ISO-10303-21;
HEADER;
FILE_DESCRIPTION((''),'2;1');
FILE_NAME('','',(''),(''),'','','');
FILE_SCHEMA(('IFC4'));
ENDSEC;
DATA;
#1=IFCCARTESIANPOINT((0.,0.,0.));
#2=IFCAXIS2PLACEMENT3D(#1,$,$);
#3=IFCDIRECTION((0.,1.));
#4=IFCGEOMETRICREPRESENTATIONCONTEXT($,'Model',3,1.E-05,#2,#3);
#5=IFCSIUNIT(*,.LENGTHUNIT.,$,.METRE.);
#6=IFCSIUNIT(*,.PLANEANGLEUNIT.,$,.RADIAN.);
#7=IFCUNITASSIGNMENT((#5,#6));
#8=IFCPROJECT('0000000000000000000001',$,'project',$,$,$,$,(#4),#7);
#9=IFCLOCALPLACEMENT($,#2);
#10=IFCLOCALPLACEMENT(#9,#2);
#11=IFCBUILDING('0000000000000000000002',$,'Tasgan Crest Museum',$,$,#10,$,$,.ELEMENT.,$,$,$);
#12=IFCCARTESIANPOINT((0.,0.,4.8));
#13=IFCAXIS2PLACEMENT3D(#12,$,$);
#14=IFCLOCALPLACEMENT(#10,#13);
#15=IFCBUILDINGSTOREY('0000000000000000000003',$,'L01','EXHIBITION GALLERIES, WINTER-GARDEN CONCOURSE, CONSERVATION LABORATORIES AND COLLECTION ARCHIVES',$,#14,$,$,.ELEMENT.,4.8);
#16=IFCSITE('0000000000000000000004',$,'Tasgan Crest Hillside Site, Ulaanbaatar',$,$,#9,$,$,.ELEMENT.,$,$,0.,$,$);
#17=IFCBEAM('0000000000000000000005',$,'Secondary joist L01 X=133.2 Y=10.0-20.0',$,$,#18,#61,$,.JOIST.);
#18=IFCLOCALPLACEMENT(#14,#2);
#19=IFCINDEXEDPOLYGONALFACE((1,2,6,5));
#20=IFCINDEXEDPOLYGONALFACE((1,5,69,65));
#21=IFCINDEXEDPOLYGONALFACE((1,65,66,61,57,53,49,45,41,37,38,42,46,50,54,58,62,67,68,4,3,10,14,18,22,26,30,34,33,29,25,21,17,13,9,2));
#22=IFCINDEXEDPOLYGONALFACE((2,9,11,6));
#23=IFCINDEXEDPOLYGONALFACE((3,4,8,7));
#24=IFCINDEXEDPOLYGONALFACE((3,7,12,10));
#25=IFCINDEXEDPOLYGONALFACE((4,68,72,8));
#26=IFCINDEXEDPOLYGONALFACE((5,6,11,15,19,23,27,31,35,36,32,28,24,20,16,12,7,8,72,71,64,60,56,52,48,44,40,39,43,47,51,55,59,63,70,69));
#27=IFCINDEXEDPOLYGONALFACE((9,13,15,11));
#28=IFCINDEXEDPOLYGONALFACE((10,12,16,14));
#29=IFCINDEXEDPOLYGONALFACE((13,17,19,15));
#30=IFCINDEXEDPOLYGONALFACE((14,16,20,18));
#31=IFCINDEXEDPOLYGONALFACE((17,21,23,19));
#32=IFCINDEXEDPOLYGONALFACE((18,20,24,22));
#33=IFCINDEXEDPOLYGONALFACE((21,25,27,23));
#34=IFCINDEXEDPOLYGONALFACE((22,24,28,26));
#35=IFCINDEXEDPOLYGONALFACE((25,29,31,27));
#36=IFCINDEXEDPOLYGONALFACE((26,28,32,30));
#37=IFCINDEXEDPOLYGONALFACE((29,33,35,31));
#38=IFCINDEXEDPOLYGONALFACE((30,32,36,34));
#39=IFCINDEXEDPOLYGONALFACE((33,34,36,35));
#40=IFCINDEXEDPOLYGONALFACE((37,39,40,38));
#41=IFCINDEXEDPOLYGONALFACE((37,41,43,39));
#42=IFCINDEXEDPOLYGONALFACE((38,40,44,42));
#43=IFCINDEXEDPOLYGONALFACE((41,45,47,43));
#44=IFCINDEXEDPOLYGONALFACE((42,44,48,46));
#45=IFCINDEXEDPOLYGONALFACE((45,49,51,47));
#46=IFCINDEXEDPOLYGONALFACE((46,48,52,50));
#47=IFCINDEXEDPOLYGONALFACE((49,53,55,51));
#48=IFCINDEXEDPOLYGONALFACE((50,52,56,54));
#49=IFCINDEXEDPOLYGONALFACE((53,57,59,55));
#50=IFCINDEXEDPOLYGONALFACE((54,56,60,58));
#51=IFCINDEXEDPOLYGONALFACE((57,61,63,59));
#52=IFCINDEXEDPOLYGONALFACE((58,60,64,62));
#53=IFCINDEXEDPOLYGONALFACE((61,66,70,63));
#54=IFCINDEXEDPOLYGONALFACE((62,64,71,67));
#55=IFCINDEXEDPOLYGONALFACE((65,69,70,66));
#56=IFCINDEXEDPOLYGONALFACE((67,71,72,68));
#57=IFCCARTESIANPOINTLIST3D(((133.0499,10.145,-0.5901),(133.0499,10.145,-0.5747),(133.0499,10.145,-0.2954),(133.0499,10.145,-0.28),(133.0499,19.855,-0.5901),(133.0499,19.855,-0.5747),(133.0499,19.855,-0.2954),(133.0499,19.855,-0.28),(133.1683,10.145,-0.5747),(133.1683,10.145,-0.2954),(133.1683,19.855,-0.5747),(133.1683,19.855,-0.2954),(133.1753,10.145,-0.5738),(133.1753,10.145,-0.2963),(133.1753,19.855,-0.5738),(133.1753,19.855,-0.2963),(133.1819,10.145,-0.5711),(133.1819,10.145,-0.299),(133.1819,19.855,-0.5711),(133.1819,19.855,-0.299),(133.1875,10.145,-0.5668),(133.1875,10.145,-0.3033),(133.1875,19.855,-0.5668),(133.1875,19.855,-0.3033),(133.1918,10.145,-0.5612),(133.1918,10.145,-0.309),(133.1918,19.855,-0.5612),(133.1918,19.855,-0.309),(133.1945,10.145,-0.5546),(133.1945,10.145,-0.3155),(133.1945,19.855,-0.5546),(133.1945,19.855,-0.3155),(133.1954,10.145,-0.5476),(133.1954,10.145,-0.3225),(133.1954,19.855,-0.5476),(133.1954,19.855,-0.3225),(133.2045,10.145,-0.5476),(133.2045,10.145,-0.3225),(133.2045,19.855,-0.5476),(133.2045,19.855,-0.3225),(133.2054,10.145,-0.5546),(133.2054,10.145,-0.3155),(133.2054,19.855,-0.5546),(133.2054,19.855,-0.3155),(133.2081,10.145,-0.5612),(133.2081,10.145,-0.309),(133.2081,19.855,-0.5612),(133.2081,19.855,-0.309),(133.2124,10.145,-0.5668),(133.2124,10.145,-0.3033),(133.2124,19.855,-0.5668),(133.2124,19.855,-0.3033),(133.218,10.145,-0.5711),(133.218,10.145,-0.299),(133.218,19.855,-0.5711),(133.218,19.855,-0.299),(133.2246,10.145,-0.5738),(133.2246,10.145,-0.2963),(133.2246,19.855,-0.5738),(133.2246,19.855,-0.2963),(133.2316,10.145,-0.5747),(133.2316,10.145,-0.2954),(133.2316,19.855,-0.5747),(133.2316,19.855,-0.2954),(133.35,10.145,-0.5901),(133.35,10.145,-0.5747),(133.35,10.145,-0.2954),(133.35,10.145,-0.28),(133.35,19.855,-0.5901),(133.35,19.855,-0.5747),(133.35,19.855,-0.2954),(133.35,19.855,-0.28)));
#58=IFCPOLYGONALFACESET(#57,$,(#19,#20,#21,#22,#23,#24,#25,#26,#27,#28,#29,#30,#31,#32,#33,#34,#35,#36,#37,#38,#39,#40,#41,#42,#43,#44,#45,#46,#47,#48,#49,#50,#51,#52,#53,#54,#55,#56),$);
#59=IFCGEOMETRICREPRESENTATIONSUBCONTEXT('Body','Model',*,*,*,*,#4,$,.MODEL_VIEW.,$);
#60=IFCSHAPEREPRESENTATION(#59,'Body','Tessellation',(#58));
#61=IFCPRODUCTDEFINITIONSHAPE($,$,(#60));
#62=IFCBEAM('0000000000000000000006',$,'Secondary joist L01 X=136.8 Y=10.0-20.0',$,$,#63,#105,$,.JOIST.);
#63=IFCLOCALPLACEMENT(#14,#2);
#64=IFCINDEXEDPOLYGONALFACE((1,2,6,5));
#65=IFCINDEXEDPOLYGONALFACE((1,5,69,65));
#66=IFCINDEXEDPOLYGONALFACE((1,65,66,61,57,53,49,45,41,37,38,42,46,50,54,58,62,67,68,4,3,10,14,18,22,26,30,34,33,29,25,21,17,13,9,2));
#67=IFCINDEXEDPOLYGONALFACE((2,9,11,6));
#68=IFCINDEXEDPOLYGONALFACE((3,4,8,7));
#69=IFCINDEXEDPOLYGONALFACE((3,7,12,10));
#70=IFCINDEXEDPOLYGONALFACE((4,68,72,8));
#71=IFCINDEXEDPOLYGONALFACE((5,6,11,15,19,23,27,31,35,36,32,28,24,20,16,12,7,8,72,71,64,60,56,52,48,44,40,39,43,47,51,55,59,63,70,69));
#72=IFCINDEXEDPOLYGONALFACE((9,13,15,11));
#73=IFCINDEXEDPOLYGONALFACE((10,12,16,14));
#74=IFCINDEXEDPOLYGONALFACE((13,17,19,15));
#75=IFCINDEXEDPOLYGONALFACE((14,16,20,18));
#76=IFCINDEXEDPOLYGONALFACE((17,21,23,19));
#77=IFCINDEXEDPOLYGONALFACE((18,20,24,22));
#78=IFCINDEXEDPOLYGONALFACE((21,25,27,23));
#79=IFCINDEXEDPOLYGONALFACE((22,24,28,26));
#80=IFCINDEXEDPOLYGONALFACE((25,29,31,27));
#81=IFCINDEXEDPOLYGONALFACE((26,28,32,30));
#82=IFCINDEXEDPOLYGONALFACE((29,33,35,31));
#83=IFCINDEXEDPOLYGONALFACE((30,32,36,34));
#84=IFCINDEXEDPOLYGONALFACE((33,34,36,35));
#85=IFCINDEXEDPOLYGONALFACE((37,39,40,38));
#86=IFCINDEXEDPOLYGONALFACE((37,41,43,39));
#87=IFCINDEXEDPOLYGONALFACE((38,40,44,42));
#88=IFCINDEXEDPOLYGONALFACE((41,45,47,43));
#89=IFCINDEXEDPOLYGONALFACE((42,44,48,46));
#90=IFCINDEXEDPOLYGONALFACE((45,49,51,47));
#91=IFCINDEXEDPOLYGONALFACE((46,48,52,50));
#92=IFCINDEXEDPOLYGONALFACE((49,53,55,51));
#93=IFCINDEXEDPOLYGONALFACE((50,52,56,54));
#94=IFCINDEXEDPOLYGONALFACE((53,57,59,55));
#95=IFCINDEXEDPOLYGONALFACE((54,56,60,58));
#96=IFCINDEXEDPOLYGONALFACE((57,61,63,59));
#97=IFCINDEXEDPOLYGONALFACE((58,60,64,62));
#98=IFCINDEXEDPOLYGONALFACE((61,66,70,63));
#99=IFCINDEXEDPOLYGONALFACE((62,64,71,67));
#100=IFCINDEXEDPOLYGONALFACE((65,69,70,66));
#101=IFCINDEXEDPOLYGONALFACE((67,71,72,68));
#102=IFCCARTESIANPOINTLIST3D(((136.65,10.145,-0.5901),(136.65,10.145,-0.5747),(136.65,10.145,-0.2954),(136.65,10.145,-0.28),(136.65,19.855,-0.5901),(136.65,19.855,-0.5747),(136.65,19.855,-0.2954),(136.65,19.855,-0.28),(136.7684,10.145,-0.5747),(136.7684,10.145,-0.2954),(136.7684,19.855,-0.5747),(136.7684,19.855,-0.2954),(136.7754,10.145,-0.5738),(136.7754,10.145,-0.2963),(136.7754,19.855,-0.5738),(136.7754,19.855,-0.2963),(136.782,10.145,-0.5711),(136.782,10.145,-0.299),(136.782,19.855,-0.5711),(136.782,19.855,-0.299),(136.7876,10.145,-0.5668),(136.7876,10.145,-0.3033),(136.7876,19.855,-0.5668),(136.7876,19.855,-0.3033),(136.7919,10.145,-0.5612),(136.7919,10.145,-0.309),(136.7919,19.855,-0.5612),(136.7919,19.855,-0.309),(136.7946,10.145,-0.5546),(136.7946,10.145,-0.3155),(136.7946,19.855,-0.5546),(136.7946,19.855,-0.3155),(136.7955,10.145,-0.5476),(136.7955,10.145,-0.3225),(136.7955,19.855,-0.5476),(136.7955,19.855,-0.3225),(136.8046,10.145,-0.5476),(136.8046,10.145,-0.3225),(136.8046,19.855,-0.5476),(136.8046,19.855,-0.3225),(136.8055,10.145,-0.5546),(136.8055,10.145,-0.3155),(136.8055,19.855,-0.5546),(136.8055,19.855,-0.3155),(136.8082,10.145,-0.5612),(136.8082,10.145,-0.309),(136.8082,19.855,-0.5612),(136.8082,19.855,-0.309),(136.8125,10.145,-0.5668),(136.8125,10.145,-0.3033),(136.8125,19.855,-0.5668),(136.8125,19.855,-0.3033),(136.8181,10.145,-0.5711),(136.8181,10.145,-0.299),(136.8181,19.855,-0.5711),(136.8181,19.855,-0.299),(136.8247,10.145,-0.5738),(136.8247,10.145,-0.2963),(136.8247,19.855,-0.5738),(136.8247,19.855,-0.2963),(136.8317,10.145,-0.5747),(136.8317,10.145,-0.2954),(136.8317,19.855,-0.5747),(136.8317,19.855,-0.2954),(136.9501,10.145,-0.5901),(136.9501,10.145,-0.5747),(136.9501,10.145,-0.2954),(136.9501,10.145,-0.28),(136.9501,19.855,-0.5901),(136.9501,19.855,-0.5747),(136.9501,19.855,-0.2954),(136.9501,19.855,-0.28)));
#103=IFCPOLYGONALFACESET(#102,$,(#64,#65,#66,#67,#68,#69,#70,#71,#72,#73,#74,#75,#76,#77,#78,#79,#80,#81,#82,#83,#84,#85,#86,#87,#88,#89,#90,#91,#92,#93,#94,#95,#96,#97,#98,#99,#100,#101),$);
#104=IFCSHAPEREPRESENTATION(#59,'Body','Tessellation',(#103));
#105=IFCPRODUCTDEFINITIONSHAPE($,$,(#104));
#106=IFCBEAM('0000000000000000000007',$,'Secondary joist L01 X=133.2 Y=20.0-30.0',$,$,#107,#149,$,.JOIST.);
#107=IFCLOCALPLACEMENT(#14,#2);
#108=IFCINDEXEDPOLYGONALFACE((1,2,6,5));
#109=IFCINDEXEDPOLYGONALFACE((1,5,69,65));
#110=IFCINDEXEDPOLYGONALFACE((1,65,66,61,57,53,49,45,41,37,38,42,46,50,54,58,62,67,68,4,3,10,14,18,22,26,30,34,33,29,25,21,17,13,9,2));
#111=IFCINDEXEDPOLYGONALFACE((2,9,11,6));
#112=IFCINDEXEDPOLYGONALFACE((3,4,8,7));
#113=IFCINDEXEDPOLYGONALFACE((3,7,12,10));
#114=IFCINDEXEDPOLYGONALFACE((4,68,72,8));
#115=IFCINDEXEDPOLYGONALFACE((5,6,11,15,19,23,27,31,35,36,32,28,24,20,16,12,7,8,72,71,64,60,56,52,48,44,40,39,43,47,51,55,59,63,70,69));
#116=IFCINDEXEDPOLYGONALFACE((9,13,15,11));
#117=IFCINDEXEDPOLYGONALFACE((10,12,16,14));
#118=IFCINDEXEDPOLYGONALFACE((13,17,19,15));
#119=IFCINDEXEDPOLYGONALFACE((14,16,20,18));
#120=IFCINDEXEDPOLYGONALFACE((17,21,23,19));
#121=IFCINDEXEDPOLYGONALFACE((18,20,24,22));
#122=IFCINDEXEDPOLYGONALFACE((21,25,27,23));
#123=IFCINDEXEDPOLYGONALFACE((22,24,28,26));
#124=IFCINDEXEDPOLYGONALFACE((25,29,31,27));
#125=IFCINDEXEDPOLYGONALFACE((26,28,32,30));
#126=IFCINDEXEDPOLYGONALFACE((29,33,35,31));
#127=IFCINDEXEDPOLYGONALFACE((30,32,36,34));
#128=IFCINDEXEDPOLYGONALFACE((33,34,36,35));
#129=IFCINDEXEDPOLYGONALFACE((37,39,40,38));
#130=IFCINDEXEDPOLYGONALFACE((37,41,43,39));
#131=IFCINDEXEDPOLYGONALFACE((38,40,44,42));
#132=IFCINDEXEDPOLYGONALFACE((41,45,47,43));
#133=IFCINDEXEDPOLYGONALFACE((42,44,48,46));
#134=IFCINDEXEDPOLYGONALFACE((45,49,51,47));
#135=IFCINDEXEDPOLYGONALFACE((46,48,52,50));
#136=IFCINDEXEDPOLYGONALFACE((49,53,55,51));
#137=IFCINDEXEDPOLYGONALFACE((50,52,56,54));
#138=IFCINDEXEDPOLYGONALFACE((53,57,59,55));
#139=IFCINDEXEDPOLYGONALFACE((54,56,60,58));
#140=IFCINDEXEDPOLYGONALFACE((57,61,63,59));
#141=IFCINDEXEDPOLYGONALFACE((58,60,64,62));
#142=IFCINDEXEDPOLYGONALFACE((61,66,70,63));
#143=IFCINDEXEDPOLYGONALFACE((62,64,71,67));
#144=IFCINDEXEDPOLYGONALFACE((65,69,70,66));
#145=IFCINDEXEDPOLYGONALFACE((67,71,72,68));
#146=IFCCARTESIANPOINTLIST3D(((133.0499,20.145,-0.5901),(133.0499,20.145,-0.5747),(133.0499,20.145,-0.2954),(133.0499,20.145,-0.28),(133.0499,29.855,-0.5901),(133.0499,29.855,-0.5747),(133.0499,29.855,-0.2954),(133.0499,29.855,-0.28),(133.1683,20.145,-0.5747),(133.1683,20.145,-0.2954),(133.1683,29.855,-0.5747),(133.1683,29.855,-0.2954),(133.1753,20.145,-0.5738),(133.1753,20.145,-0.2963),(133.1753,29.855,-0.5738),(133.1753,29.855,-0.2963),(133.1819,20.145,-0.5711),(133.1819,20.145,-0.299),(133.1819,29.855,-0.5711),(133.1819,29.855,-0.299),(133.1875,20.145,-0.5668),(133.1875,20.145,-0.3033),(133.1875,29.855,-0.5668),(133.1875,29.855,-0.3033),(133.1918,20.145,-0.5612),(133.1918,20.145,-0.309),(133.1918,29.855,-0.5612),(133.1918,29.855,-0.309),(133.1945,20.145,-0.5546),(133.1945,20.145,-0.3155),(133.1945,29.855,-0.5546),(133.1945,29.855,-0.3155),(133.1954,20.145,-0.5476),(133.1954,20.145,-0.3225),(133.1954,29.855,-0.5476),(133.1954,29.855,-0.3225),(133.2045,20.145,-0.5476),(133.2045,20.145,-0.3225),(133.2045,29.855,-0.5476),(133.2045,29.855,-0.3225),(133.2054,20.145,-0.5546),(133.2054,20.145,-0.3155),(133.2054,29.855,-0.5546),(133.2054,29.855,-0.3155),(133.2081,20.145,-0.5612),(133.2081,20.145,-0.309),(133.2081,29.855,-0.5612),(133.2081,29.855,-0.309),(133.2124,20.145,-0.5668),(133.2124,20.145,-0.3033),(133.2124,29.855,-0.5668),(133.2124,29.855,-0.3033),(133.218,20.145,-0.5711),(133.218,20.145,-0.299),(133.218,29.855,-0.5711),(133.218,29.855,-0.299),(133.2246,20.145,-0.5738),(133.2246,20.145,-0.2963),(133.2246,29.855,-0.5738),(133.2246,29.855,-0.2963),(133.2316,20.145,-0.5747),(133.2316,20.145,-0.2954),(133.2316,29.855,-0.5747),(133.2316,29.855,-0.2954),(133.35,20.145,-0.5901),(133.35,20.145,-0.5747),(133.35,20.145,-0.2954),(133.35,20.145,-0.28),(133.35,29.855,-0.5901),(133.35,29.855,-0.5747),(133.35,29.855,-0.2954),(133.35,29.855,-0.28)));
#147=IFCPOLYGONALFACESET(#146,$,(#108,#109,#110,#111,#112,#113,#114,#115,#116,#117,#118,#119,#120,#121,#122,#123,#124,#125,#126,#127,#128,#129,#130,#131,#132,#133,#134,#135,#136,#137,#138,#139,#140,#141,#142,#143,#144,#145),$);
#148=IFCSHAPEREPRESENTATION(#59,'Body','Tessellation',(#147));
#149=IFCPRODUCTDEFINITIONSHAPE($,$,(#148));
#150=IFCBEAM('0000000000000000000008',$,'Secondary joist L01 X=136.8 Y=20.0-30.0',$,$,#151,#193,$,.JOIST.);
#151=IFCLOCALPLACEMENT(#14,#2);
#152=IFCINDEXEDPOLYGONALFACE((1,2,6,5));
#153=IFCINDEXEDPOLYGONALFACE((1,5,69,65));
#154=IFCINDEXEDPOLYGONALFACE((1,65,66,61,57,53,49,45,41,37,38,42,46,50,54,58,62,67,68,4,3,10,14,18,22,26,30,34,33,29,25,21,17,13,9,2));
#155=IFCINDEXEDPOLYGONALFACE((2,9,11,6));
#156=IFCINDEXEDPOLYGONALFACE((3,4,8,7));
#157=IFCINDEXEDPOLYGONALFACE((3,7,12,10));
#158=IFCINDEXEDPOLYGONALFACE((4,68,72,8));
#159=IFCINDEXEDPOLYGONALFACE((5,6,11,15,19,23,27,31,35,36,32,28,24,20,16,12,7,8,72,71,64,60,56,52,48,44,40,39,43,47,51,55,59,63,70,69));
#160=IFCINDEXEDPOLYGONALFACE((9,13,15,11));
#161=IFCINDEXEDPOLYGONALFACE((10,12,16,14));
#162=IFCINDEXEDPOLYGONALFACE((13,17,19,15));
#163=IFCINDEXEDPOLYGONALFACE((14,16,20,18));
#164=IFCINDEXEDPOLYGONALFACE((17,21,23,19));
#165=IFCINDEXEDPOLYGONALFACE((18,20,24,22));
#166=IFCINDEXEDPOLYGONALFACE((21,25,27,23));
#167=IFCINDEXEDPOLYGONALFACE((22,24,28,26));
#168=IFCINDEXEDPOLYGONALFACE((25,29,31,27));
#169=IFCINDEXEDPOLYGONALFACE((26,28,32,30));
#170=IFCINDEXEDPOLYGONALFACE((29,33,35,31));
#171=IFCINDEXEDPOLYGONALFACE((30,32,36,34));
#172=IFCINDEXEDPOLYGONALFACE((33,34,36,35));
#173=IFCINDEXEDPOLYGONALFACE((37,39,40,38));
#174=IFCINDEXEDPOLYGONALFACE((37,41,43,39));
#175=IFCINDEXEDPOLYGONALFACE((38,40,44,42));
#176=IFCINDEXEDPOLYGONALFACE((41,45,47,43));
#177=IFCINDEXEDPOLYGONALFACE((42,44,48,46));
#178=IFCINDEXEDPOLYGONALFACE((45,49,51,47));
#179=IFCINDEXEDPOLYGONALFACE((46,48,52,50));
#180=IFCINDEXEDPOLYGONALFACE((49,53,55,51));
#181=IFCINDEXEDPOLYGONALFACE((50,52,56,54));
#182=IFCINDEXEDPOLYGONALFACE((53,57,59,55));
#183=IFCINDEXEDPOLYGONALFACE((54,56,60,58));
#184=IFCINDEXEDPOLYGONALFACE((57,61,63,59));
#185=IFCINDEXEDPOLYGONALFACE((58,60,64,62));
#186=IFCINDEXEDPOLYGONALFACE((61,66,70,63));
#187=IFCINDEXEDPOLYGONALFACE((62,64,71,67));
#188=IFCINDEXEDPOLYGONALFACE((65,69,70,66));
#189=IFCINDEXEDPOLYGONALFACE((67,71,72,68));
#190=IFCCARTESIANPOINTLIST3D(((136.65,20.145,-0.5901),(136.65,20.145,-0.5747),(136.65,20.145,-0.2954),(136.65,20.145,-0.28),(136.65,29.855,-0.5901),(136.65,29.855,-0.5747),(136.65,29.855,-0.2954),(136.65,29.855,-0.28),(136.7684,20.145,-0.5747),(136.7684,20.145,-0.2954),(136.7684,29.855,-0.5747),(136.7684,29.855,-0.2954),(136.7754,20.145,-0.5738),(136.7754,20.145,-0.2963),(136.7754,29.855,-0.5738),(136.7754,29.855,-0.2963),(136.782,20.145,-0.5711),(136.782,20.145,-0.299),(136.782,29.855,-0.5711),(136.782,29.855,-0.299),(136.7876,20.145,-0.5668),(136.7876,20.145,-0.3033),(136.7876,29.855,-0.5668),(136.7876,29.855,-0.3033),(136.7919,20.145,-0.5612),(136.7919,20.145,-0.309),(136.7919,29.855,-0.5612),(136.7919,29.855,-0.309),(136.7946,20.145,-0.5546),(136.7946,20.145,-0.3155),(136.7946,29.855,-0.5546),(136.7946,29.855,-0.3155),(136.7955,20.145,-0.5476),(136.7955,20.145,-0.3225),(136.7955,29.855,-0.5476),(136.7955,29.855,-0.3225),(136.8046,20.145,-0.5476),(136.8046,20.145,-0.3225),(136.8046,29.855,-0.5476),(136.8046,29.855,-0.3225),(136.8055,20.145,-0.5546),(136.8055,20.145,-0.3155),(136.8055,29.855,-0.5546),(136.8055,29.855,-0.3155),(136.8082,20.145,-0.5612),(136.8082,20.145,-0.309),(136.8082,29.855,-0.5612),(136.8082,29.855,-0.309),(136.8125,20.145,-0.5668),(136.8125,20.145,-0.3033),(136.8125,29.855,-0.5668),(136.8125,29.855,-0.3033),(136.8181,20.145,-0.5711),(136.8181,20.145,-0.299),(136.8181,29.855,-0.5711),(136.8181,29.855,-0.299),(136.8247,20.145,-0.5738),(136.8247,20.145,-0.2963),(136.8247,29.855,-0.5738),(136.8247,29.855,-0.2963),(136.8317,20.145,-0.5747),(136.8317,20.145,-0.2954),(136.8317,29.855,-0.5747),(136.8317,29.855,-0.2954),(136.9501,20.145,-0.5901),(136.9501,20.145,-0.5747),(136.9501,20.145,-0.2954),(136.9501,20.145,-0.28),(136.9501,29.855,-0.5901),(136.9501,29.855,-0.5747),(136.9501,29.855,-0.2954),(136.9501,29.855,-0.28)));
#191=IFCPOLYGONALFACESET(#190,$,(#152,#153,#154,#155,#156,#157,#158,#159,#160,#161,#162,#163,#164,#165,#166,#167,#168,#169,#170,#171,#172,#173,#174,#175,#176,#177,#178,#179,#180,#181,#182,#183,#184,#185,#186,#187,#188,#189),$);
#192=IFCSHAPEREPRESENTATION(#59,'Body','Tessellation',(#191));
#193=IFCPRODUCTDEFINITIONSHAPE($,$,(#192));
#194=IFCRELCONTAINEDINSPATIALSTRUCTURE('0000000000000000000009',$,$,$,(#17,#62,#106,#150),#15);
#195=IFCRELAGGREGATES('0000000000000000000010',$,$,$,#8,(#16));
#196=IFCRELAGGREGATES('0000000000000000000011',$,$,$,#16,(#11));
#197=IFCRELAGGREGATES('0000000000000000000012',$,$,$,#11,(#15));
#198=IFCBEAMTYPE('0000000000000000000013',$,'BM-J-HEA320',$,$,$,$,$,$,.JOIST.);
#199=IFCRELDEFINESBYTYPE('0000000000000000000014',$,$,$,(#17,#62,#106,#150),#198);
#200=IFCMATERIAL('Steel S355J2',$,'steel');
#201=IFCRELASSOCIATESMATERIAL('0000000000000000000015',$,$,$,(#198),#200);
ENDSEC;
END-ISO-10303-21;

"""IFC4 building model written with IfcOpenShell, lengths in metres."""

from ifc_helpers import new_model, si_unit, direction, frame, origin, origin_2d, place, context, subcontext, project, spatial, i_section, extrude, material, material_profile, profile_set, type_object, element, save


model = new_model("IFC4")

# Units and contexts
model_context = context("Model", 3, precision=1e-05, world=origin(), true_north=direction((0.0, 1.0)))
body_context = subcontext(model_context, "Body", "Model", "MODEL_VIEW")
ifc_project = project(units=[si_unit("LENGTHUNIT", "METRE"), si_unit("PLANEANGLEUNIT", "RADIAN")], contexts=[model_context])

# Site, building, storey
site_placement = place(None, origin())
site = spatial("IfcSite", under=ifc_project, at=site_placement, Name="Tasgan Crest Hillside Site, Ulaanbaatar", CompositionType="ELEMENT", RefElevation=0.0)
building_placement = place(site_placement, origin())
building = spatial("IfcBuilding", under=site, at=building_placement, Name="Tasgan Crest Museum", CompositionType="ELEMENT")
storey_placement = place(building_placement, frame((0.0, 0.0, 4.8)))
storey = spatial("IfcBuildingStorey", under=building, at=storey_placement, Name="L01", Description="EXHIBITION GALLERIES, WINTER-GARDEN CONCOURSE, CONSERVATION LABORATORIES AND COLLECTION ARCHIVES", CompositionType="ELEMENT", Elevation=4.8)

# Beams
ifc_material_1 = material(Name="Steel S355J2", Category="steel")
ifc_material_profile_1 = material_profile(ifc_material_1, i_section(OverallWidth=0.3, OverallDepth=0.3101, WebThickness=0.009, FlangeThickness=0.0154, FilletRadius=0.0271, at=origin_2d()), Name="HEA 320")
ifc_profile_set_1 = profile_set([ifc_material_profile_1], Name="Steel S355J2")
beam_type_1 = type_object("IfcBeamType", Name="BM-J-HEA320", PredefinedType="JOIST", material=ifc_profile_set_1)
for number, where, z_axis, x_axis, name in (
    (1, (133.2, 10.145, -0.4351), (0.0, 1.0, 0.0), (-1.0, 0.0, 0.0), "Secondary joist L01 X=133.2 Y=10.0-20.0"),
    (2, (136.8, 10.145, -0.4351), (0.0, 1.0, 0.0), (-1.0, 0.0, 0.0), "Secondary joist L01 X=136.8 Y=10.0-20.0"),
    (3, (133.2, 20.145, -0.4351), (0.0, 1.0, 0.0), (-1.0, 0.0, 0.0), "Secondary joist L01 X=133.2 Y=20.0-30.0"),
    (4, (136.8, 20.145, -0.4351), (0.0, 1.0, 0.0), (-1.0, 0.0, 0.0), "Secondary joist L01 X=136.8 Y=20.0-30.0"),
):
    element("IfcBeam", number, at=place(storey_placement, frame(where, z_axis=z_axis, x_axis=x_axis)), inside=storey, type_object=beam_type_1, Name=name, PredefinedType="JOIST", context=body_context, shape_type="SweptSolid", body=[
        extrude(i_section(OverallWidth=0.3, OverallDepth=0.3101, WebThickness=0.009, FlangeThickness=0.0154, FilletRadius=0.0271, at=origin_2d()), origin(), (0.0, 0.0, 1.0), 9.71),
    ])

save(model, "model.ifc")
